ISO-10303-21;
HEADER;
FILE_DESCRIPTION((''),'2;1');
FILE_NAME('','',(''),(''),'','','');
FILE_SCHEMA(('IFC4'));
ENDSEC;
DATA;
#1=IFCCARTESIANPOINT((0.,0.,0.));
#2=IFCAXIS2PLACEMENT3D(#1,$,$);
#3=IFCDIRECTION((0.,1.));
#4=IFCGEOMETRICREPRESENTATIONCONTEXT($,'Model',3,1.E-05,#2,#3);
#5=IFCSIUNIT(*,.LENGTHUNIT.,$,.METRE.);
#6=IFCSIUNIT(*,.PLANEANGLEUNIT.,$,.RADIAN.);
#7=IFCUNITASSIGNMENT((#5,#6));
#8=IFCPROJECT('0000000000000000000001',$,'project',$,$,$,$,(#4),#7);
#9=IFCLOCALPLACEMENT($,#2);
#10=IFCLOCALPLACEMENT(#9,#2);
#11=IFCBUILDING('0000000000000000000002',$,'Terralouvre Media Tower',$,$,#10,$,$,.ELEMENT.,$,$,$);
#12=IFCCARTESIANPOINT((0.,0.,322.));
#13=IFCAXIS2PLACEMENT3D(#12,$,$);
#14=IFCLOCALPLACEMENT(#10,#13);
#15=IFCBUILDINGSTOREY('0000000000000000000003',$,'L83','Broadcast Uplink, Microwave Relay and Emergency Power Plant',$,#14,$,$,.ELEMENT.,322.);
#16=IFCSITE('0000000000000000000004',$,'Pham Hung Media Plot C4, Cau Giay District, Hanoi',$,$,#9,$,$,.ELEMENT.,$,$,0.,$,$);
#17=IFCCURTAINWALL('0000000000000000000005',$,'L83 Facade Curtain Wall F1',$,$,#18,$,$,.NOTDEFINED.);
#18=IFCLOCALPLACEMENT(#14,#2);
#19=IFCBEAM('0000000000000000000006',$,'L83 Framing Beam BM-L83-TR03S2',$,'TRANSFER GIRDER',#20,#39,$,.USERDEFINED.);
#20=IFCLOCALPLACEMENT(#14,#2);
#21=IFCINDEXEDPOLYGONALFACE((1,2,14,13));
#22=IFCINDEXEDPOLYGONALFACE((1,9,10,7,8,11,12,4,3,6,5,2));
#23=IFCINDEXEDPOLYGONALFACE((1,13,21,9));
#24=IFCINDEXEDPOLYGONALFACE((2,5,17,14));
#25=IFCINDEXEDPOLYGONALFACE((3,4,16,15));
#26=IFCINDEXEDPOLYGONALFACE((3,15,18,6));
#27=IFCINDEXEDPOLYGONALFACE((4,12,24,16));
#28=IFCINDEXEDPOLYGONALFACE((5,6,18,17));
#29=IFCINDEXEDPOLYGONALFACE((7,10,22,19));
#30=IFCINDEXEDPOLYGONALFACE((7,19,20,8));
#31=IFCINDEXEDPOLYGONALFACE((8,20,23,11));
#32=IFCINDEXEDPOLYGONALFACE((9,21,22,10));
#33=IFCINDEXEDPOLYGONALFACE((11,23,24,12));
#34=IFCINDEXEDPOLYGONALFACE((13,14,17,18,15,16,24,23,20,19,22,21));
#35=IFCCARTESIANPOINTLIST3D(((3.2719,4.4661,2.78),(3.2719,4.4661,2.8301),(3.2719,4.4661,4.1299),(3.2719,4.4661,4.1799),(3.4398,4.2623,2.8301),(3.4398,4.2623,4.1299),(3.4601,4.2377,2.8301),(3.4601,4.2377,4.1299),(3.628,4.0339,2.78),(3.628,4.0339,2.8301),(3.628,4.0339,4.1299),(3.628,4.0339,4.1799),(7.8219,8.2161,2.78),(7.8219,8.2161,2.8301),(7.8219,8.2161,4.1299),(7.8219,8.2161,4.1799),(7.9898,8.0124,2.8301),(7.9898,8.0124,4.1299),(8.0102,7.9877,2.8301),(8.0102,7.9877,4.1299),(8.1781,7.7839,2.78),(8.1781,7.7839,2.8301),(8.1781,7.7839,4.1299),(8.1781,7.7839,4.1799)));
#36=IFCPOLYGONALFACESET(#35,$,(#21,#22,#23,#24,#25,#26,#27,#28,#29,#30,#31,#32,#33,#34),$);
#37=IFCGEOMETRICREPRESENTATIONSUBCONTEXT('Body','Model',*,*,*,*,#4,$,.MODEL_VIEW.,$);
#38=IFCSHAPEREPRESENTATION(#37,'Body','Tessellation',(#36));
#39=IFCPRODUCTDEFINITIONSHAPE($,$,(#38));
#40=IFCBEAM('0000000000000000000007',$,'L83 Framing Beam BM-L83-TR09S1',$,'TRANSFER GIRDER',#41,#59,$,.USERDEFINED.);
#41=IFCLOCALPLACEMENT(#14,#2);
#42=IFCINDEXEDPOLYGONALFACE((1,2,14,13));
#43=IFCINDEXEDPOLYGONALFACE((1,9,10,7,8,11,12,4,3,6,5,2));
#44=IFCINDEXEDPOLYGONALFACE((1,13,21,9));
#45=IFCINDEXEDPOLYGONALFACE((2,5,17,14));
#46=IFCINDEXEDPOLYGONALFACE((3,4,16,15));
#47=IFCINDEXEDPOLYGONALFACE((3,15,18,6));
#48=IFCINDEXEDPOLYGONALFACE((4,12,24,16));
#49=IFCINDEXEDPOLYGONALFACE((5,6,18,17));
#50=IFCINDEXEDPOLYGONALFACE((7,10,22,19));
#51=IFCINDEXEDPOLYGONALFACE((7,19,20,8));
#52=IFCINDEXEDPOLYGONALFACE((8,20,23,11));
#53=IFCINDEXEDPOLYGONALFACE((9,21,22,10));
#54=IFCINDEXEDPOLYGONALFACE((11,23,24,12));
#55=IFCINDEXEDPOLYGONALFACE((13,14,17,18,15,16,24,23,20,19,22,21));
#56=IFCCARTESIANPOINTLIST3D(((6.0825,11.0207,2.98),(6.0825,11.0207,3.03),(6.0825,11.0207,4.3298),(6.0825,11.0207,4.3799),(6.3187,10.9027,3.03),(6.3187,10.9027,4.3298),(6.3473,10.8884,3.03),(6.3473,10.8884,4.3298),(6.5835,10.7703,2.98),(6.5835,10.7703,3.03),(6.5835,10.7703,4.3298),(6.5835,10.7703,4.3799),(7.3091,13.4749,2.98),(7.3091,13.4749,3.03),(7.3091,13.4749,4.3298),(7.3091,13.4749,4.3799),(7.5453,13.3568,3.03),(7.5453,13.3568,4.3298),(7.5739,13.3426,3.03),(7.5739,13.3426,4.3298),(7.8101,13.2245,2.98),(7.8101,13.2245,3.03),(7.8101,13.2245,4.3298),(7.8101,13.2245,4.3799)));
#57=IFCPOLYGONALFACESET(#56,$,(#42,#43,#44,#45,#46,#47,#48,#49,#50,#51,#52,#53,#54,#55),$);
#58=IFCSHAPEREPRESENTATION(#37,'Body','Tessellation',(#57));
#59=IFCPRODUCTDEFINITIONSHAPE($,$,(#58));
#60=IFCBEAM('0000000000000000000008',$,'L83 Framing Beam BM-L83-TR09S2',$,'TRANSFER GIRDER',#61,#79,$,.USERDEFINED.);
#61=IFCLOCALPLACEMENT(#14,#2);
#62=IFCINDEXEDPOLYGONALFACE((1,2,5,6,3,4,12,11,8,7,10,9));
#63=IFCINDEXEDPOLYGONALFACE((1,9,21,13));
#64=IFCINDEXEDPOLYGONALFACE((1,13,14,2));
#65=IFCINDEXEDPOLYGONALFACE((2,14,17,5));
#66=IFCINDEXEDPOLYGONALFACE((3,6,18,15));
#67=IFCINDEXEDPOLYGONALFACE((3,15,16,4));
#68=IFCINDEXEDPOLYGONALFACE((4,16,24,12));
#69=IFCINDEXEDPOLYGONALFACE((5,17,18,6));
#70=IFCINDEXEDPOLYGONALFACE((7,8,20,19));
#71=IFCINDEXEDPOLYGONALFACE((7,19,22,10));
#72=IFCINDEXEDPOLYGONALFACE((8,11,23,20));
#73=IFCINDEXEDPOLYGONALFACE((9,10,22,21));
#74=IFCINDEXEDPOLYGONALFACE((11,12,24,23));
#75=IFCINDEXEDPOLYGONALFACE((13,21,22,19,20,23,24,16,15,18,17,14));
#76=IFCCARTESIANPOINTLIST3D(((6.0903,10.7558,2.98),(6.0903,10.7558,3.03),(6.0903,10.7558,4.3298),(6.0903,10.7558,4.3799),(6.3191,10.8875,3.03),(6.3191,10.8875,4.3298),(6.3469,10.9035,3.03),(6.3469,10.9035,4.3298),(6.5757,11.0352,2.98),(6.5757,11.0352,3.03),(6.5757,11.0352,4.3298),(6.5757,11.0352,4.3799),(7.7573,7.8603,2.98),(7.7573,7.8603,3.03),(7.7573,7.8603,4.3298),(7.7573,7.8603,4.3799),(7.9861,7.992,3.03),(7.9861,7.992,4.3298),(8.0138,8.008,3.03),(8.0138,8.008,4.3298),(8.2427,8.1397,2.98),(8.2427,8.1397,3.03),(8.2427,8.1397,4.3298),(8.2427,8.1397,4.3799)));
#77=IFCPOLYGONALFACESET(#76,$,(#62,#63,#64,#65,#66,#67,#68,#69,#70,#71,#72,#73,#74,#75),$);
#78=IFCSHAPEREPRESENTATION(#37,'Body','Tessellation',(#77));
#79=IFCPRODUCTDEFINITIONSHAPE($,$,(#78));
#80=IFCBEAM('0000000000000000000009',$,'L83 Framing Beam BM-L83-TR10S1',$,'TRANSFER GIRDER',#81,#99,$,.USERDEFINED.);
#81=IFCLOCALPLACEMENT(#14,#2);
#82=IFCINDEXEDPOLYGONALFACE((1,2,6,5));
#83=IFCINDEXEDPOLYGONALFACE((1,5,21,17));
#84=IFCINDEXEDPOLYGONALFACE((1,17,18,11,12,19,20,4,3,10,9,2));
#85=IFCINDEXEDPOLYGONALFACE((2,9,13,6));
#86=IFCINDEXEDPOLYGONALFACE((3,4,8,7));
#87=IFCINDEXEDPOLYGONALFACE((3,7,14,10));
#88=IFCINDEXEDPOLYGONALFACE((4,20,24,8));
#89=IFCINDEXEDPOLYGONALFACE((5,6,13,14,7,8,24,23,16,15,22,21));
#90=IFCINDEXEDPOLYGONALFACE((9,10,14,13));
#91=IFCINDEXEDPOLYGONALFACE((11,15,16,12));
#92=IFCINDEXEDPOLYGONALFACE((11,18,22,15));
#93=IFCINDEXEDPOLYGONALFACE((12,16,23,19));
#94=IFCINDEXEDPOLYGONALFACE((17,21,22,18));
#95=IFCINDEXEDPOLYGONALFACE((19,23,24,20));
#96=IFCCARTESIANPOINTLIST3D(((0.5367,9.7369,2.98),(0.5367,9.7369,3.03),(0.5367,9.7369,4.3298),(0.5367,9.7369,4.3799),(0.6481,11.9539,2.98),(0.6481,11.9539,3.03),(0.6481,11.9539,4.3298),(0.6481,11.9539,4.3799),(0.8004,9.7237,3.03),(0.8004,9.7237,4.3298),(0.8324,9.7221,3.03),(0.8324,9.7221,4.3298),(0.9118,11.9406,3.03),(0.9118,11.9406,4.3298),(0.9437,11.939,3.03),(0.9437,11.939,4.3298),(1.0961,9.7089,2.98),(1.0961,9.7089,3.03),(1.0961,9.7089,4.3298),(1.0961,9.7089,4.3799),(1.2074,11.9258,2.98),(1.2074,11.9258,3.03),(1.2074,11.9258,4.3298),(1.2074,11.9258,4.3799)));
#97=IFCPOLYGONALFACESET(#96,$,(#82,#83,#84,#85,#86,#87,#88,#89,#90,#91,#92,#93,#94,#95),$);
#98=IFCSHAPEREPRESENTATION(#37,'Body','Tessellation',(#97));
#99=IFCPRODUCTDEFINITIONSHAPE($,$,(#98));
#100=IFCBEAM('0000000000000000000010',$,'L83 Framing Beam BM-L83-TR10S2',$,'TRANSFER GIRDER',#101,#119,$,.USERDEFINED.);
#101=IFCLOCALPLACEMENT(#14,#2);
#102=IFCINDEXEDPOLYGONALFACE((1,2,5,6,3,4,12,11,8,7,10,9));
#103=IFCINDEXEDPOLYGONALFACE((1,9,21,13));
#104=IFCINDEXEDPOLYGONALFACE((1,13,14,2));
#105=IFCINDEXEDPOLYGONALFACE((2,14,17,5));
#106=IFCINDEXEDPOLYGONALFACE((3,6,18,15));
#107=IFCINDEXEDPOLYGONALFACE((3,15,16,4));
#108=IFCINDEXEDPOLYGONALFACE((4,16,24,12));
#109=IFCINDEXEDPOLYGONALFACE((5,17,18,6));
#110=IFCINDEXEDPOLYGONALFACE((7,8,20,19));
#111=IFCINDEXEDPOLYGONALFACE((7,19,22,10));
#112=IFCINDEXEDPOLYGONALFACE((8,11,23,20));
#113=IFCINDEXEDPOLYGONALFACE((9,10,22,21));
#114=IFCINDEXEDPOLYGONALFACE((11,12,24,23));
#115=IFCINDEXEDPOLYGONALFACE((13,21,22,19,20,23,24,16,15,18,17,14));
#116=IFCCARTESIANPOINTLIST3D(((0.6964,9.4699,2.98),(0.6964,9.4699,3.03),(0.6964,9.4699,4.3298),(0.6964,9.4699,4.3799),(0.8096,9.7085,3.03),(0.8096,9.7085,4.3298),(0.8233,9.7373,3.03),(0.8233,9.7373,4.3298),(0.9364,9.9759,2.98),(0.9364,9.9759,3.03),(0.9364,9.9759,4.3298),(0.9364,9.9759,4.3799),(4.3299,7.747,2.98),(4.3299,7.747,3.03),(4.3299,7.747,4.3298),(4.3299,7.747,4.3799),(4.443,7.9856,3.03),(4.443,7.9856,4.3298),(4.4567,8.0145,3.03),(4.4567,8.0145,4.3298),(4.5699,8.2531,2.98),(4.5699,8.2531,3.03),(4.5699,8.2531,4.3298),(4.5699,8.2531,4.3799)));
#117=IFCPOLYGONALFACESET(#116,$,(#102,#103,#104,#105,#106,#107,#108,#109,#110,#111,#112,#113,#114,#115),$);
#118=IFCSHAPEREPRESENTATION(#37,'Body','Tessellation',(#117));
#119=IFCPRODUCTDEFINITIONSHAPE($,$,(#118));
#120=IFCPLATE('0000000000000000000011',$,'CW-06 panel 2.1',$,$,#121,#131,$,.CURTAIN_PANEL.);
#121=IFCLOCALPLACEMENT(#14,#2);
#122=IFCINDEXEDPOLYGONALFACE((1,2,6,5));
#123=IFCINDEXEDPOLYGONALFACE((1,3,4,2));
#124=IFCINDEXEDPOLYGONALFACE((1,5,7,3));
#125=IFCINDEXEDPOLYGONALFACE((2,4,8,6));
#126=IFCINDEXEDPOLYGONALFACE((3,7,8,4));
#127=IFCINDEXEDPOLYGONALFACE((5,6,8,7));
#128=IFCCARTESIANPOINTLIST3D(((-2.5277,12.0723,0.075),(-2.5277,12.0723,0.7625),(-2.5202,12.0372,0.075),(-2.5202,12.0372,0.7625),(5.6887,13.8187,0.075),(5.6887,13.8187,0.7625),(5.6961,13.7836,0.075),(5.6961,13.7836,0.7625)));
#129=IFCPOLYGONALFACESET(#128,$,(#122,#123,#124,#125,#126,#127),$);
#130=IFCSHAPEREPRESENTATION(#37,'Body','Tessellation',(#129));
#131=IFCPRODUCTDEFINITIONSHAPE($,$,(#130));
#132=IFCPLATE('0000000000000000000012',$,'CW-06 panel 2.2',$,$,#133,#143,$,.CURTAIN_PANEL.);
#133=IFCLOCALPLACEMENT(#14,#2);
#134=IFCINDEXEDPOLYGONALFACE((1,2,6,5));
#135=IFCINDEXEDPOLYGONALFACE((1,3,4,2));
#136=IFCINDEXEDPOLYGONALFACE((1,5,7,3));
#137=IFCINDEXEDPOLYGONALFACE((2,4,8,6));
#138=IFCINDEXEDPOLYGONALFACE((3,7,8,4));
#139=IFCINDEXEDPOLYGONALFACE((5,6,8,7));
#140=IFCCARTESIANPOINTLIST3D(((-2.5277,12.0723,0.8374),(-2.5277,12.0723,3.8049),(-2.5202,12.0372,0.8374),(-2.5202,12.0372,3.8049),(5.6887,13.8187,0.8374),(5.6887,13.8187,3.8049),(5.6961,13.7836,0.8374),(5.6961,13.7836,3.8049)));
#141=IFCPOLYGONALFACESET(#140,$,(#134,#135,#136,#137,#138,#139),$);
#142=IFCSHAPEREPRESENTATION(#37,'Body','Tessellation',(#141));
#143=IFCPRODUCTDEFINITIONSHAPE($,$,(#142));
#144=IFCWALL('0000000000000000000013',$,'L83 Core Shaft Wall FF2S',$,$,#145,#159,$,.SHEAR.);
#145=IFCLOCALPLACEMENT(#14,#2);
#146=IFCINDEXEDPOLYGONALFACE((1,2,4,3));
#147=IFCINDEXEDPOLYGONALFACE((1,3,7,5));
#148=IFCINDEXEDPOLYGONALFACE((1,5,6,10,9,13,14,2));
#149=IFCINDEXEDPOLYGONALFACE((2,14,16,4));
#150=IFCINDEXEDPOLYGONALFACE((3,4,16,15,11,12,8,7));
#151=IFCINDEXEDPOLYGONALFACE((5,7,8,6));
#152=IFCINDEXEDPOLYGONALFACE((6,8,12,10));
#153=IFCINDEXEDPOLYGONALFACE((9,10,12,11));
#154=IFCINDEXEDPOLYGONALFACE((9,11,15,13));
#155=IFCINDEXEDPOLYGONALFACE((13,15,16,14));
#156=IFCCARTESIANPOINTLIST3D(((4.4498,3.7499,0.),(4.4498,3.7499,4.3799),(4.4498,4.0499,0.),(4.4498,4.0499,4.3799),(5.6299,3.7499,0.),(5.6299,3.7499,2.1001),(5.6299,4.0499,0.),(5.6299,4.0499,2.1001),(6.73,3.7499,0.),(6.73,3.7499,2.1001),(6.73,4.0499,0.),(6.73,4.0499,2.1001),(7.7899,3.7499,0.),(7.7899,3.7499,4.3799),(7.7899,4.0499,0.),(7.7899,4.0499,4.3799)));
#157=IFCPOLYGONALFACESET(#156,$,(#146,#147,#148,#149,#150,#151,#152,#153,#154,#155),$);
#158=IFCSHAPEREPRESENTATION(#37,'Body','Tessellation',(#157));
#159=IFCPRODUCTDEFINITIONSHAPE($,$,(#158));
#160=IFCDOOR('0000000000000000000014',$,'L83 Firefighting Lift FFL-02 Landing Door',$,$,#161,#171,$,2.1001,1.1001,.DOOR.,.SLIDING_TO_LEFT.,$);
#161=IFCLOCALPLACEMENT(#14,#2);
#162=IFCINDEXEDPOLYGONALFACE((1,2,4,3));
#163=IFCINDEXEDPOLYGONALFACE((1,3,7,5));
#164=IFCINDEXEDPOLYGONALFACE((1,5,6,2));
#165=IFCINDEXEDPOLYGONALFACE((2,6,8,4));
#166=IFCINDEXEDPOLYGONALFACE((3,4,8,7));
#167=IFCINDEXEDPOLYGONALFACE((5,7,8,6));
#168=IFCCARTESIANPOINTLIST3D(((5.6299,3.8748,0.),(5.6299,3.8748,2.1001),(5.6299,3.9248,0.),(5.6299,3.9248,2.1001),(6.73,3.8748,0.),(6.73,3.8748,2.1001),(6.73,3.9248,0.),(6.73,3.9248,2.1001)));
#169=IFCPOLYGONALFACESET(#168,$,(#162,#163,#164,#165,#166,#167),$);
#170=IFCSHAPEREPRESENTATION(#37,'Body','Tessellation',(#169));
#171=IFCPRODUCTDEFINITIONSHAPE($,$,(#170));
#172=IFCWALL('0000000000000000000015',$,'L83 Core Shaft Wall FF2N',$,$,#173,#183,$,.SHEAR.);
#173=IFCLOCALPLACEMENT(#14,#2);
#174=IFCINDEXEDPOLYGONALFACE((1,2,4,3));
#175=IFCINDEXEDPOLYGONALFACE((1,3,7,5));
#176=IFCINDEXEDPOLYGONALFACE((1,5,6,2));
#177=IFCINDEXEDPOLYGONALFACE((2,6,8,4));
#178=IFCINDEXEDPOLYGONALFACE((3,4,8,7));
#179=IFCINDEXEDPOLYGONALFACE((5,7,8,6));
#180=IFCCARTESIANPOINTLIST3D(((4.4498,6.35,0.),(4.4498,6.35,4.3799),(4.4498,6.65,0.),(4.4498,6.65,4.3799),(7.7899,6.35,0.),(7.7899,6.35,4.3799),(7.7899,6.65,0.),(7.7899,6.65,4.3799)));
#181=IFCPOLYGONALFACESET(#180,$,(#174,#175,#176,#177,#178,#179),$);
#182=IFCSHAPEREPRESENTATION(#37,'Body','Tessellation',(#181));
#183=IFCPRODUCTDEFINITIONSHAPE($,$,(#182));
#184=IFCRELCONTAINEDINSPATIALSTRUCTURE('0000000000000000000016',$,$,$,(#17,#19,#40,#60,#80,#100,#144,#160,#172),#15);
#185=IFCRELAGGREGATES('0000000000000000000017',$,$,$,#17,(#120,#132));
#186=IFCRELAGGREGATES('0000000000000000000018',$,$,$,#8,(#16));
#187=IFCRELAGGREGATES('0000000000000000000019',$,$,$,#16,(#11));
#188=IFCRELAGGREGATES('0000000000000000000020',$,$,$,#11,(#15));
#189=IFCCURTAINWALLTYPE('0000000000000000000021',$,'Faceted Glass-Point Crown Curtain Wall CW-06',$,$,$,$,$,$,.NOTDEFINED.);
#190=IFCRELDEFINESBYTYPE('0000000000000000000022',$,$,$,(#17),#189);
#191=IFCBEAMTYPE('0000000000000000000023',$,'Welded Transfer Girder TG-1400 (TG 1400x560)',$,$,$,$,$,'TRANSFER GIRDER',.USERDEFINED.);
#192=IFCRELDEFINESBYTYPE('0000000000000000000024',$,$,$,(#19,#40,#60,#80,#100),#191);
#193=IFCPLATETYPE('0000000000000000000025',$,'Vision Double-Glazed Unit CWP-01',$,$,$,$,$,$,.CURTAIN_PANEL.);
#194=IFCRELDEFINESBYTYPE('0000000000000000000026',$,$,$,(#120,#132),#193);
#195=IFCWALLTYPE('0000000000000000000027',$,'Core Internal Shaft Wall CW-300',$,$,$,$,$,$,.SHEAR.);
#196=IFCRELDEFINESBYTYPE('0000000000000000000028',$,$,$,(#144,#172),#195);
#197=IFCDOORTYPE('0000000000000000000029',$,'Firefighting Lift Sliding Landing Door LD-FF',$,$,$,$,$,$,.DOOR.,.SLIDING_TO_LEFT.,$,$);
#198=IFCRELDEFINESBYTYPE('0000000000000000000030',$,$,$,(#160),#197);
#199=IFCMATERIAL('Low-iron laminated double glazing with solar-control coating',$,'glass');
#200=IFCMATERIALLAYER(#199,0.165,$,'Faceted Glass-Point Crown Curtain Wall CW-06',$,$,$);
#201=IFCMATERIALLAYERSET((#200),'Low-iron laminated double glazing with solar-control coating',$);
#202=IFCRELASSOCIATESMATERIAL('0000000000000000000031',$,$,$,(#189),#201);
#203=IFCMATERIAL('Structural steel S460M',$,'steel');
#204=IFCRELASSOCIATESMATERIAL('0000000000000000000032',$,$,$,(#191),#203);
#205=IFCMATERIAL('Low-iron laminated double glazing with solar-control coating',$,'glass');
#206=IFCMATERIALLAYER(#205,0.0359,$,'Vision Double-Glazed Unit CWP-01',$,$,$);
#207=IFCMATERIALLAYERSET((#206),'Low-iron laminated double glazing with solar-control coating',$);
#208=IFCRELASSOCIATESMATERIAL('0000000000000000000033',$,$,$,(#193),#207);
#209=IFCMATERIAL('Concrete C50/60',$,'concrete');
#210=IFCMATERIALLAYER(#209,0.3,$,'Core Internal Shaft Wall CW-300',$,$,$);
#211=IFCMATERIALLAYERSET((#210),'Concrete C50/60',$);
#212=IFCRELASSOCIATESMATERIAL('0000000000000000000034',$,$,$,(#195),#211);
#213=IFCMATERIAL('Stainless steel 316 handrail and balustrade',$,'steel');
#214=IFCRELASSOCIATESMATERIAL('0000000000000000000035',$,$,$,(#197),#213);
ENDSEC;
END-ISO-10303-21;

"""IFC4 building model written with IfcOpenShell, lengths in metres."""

from ifc_helpers import new_model, si_unit, direction, frame, frame_2d, origin, origin_2d, place, context, subcontext, project, spatial, rectangle, i_section, extrude, material, layer, layer_set, material_profile, profile_set, type_object, element, fill, aggregate, save


model = new_model("IFC4")

# Units and contexts
model_context = context("Model", 3, precision=1e-05, world=origin(), true_north=direction((0.0, 1.0)))
body_context = subcontext(model_context, "Body", "Model", "MODEL_VIEW")
ifc_project = project(units=[si_unit("LENGTHUNIT", "METRE"), si_unit("PLANEANGLEUNIT", "RADIAN")], contexts=[model_context])

# Site, building, storey
site_placement = place(None, origin())
site = spatial("IfcSite", under=ifc_project, at=site_placement, Name="Pham Hung Media Plot C4, Cau Giay District, Hanoi", CompositionType="ELEMENT", RefElevation=0.0)
building_placement = place(site_placement, origin())
building = spatial("IfcBuilding", under=site, at=building_placement, Name="Terralouvre Media Tower", CompositionType="ELEMENT")
storey_placement = place(building_placement, frame((0.0, 0.0, 322.0)))
storey = spatial("IfcBuildingStorey", under=building, at=storey_placement, Name="L83", Description="Broadcast Uplink, Microwave Relay and Emergency Power Plant", CompositionType="ELEMENT", Elevation=322.0)

# Curtain wall
ifc_material_1 = material(Name="Low-iron laminated double glazing with solar-control coating", Category="glass")
ifc_layer_1 = layer(ifc_material_1, 0.165, Name="Faceted Glass-Point Crown Curtain Wall CW-06")
ifc_layer_set_1 = layer_set([ifc_layer_1], Name="Low-iron laminated double glazing with solar-control coating")
curtain_wall_type = type_object("IfcCurtainWallType", Name="Faceted Glass-Point Crown Curtain Wall CW-06", PredefinedType="NOTDEFINED", material=ifc_layer_set_1)
curtain_wall_placement = place(storey_placement, origin())
curtain_wall = element("IfcCurtainWall", 1, at=curtain_wall_placement, inside=storey, type_object=curtain_wall_type, Name="L83 Facade Curtain Wall F1", PredefinedType="NOTDEFINED")

# Beams
ifc_material_2 = material(Name="Structural steel S460M", Category="steel")
ifc_material_profile_1 = material_profile(ifc_material_2, i_section(OverallWidth=0.5601, OverallDepth=1.3999, WebThickness=0.032, FlangeThickness=0.05, at=origin_2d()), Name="TG 1400x560")
ifc_profile_set_1 = profile_set([ifc_material_profile_1], Name="Structural steel S460M")
beam_type_1 = type_object("IfcBeamType", Name="Welded Transfer Girder TG-1400 (TG 1400x560)", ElementType="TRANSFER GIRDER", PredefinedType="USERDEFINED", material=ifc_profile_set_1)
beam_1_placement = place(storey_placement, frame((3.45, 4.25, 3.48), z_axis=(0.771689, 0.636, 0.0), x_axis=(-0.636, 0.771689, 0.0)))
element("IfcBeam", 2, at=beam_1_placement, inside=storey, type_object=beam_type_1, Name="L83 Framing Beam BM-L83-TR03S2", ObjectType="TRANSFER GIRDER", PredefinedType="USERDEFINED", context=body_context, shape_type="SweptSolid", body=[
    extrude(i_section(OverallWidth=0.5601, OverallDepth=1.3999, WebThickness=0.032, FlangeThickness=0.05, at=origin_2d()), origin(), (0.0, 0.0, 1.0), 5.8962),
])
beam_2_placement = place(storey_placement, frame((6.333, 10.8955, 3.6799), z_axis=(0.447071, 0.894498, 0.0), x_axis=(-0.894498, 0.447071, 0.0)))
element("IfcBeam", 3, at=beam_2_placement, inside=storey, type_object=beam_type_1, Name="L83 Framing Beam BM-L83-TR09S1", ObjectType="TRANSFER GIRDER", PredefinedType="USERDEFINED", context=body_context, shape_type="SweptSolid", body=[
    extrude(i_section(OverallWidth=0.5601, OverallDepth=1.3999, WebThickness=0.032, FlangeThickness=0.05, at=origin_2d()), origin(), (0.0, 0.0, 1.0), 2.7437),
])
beam_3_placement = place(storey_placement, frame((6.333, 10.8955, 3.6799), z_axis=(0.498938, -0.866638, 0.0), x_axis=(0.866638, 0.498938, 0.0)))
element("IfcBeam", 4, at=beam_3_placement, inside=storey, type_object=beam_type_1, Name="L83 Framing Beam BM-L83-TR09S2", ObjectType="TRANSFER GIRDER", PredefinedType="USERDEFINED", context=body_context, shape_type="SweptSolid", body=[
    extrude(i_section(OverallWidth=0.5601, OverallDepth=1.3999, WebThickness=0.032, FlangeThickness=0.05, at=origin_2d()), origin(), (0.0, 0.0, 1.0), 3.3411),
])
beam_4_placement = place(storey_placement, frame((0.8164, 9.7229, 3.6799), z_axis=(0.050152, 0.998742, 0.0), x_axis=(-0.998742, 0.050152, 0.0)))
element("IfcBeam", 5, at=beam_4_placement, inside=storey, type_object=beam_type_1, Name="L83 Framing Beam BM-L83-TR10S1", ObjectType="TRANSFER GIRDER", PredefinedType="USERDEFINED", context=body_context, shape_type="SweptSolid", body=[
    extrude(i_section(OverallWidth=0.5601, OverallDepth=1.3999, WebThickness=0.032, FlangeThickness=0.05, at=origin_2d()), origin(), (0.0, 0.0, 1.0), 2.2197),
])
beam_5_placement = place(storey_placement, frame((0.8164, 9.7229, 3.6799), z_axis=(0.90357, -0.428441, 0.0), x_axis=(0.428441, 0.90357, 0.0)))
element("IfcBeam", 6, at=beam_5_placement, inside=storey, type_object=beam_type_1, Name="L83 Framing Beam BM-L83-TR10S2", ObjectType="TRANSFER GIRDER", PredefinedType="USERDEFINED", context=body_context, shape_type="SweptSolid", body=[
    extrude(i_section(OverallWidth=0.5601, OverallDepth=1.3999, WebThickness=0.032, FlangeThickness=0.05, at=origin_2d()), origin(), (0.0, 0.0, 1.0), 4.0212),
])

# Plates
ifc_material_3 = material(Name="Low-iron laminated double glazing with solar-control coating", Category="glass")
ifc_layer_2 = layer(ifc_material_3, 0.0359, Name="Vision Double-Glazed Unit CWP-01")
ifc_layer_set_2 = layer_set([ifc_layer_2], Name="Low-iron laminated double glazing with solar-control coating")
plate_type = type_object("IfcPlateType", Name="Vision Double-Glazed Unit CWP-01", PredefinedType="CURTAIN_PANEL", material=ifc_layer_set_2)
plate_1_placement = place(storey_placement, frame((1.5842, 12.928, 0.075), z_axis=(0.0, 0.0, 1.0), x_axis=(-0.978148, -0.207912, 0.0)))
plate_1 = element("IfcPlate", 7, at=plate_1_placement, type_object=plate_type, Name="CW-06 panel 2.1", PredefinedType="CURTAIN_PANEL", context=body_context, shape_type="SweptSolid", body=[
    extrude(rectangle(XDim=8.3999, YDim=0.0359, at=origin_2d()), origin(), (0.0, 0.0, 1.0), 0.6875),
])
plate_2_placement = place(storey_placement, frame((1.5842, 12.928, 0.8374), z_axis=(0.0, 0.0, 1.0), x_axis=(-0.978148, -0.207912, 0.0)))
plate_2 = element("IfcPlate", 8, at=plate_2_placement, type_object=plate_type, Name="CW-06 panel 2.2", PredefinedType="CURTAIN_PANEL", context=body_context, shape_type="SweptSolid", body=[
    extrude(rectangle(XDim=8.3999, YDim=0.0359, at=origin_2d()), origin(), (0.0, 0.0, 1.0), 2.9675),
])
aggregate(curtain_wall, [plate_1, plate_2])

# Wall, opening, door
ifc_material_4 = material(Name="Concrete C50/60", Category="concrete")
ifc_layer_3 = layer(ifc_material_4, 0.3, Name="Core Internal Shaft Wall CW-300")
ifc_layer_set_3 = layer_set([ifc_layer_3], Name="Concrete C50/60")
wall_type_1 = type_object("IfcWallType", Name="Core Internal Shaft Wall CW-300", PredefinedType="SHEAR", material=ifc_layer_set_3)
wall_1_placement = place(storey_placement, frame((4.45, 3.8999, 0.0), z_axis=(0.0, 0.0, 1.0), x_axis=(1.0, 0.0, 0.0)))
wall_1 = element("IfcWall", 9, at=wall_1_placement, inside=storey, type_object=wall_type_1, Name="L83 Core Shaft Wall FF2S", PredefinedType="SHEAR", context=body_context, shape_type="SweptSolid", body=[
    extrude(rectangle(XDim=3.3401, YDim=0.3, at=frame_2d((1.6699, 0.0))), origin(), (0.0, 0.0, 1.0), 4.3799),
])
opening_1_placement = place(wall_1_placement, frame((1.1799, 0.0, 0.0)))
opening_1 = element("IfcOpeningElement", 10, at=opening_1_placement, cuts=wall_1, PredefinedType="OPENING", context=body_context, shape_type="SweptSolid", body=[
    extrude(rectangle(XDim=1.1001, YDim=2.1001, at=frame_2d((0.55, 1.05))), frame((0.0, 0.1599, 0.0), z_axis=(0.0, -1.0, 0.0), x_axis=(1.0, 0.0, 0.0)), (0.0, 0.0, 1.0), 0.3201),
])
ifc_material_5 = material(Name="Stainless steel 316 handrail and balustrade", Category="steel")
door_type_1 = type_object("IfcDoorType", Name="Firefighting Lift Sliding Landing Door LD-FF", OperationType="SLIDING_TO_LEFT", PredefinedType="DOOR", material=ifc_material_5)
door_1_placement = place(opening_1_placement, origin())
door_1 = element("IfcDoor", 11, at=door_1_placement, inside=storey, type_object=door_type_1, Name="L83 Firefighting Lift FFL-02 Landing Door", OperationType="SLIDING_TO_LEFT", OverallHeight=2.1001, OverallWidth=1.1001, PredefinedType="DOOR", context=body_context, shape_type="SweptSolid", body=[
    extrude(rectangle(XDim=1.1001, YDim=2.1001, at=frame_2d((0.55, 1.05))), frame((0.0, 0.0249, 0.0), z_axis=(0.0, -1.0, 0.0), x_axis=(1.0, 0.0, 0.0)), (0.0, 0.0, 1.0), 0.05),
])
fill(opening_1, door_1)

# Wall
wall_2_placement = place(storey_placement, frame((4.45, 6.5, 0.0), z_axis=(0.0, 0.0, 1.0), x_axis=(1.0, 0.0, 0.0)))
element("IfcWall", 12, at=wall_2_placement, inside=storey, type_object=wall_type_1, Name="L83 Core Shaft Wall FF2N", PredefinedType="SHEAR", context=body_context, shape_type="SweptSolid", body=[
    extrude(rectangle(XDim=3.3401, YDim=0.3, at=frame_2d((1.6699, 0.0))), origin(), (0.0, 0.0, 1.0), 4.3799),
])

save(model, "model.ifc")
